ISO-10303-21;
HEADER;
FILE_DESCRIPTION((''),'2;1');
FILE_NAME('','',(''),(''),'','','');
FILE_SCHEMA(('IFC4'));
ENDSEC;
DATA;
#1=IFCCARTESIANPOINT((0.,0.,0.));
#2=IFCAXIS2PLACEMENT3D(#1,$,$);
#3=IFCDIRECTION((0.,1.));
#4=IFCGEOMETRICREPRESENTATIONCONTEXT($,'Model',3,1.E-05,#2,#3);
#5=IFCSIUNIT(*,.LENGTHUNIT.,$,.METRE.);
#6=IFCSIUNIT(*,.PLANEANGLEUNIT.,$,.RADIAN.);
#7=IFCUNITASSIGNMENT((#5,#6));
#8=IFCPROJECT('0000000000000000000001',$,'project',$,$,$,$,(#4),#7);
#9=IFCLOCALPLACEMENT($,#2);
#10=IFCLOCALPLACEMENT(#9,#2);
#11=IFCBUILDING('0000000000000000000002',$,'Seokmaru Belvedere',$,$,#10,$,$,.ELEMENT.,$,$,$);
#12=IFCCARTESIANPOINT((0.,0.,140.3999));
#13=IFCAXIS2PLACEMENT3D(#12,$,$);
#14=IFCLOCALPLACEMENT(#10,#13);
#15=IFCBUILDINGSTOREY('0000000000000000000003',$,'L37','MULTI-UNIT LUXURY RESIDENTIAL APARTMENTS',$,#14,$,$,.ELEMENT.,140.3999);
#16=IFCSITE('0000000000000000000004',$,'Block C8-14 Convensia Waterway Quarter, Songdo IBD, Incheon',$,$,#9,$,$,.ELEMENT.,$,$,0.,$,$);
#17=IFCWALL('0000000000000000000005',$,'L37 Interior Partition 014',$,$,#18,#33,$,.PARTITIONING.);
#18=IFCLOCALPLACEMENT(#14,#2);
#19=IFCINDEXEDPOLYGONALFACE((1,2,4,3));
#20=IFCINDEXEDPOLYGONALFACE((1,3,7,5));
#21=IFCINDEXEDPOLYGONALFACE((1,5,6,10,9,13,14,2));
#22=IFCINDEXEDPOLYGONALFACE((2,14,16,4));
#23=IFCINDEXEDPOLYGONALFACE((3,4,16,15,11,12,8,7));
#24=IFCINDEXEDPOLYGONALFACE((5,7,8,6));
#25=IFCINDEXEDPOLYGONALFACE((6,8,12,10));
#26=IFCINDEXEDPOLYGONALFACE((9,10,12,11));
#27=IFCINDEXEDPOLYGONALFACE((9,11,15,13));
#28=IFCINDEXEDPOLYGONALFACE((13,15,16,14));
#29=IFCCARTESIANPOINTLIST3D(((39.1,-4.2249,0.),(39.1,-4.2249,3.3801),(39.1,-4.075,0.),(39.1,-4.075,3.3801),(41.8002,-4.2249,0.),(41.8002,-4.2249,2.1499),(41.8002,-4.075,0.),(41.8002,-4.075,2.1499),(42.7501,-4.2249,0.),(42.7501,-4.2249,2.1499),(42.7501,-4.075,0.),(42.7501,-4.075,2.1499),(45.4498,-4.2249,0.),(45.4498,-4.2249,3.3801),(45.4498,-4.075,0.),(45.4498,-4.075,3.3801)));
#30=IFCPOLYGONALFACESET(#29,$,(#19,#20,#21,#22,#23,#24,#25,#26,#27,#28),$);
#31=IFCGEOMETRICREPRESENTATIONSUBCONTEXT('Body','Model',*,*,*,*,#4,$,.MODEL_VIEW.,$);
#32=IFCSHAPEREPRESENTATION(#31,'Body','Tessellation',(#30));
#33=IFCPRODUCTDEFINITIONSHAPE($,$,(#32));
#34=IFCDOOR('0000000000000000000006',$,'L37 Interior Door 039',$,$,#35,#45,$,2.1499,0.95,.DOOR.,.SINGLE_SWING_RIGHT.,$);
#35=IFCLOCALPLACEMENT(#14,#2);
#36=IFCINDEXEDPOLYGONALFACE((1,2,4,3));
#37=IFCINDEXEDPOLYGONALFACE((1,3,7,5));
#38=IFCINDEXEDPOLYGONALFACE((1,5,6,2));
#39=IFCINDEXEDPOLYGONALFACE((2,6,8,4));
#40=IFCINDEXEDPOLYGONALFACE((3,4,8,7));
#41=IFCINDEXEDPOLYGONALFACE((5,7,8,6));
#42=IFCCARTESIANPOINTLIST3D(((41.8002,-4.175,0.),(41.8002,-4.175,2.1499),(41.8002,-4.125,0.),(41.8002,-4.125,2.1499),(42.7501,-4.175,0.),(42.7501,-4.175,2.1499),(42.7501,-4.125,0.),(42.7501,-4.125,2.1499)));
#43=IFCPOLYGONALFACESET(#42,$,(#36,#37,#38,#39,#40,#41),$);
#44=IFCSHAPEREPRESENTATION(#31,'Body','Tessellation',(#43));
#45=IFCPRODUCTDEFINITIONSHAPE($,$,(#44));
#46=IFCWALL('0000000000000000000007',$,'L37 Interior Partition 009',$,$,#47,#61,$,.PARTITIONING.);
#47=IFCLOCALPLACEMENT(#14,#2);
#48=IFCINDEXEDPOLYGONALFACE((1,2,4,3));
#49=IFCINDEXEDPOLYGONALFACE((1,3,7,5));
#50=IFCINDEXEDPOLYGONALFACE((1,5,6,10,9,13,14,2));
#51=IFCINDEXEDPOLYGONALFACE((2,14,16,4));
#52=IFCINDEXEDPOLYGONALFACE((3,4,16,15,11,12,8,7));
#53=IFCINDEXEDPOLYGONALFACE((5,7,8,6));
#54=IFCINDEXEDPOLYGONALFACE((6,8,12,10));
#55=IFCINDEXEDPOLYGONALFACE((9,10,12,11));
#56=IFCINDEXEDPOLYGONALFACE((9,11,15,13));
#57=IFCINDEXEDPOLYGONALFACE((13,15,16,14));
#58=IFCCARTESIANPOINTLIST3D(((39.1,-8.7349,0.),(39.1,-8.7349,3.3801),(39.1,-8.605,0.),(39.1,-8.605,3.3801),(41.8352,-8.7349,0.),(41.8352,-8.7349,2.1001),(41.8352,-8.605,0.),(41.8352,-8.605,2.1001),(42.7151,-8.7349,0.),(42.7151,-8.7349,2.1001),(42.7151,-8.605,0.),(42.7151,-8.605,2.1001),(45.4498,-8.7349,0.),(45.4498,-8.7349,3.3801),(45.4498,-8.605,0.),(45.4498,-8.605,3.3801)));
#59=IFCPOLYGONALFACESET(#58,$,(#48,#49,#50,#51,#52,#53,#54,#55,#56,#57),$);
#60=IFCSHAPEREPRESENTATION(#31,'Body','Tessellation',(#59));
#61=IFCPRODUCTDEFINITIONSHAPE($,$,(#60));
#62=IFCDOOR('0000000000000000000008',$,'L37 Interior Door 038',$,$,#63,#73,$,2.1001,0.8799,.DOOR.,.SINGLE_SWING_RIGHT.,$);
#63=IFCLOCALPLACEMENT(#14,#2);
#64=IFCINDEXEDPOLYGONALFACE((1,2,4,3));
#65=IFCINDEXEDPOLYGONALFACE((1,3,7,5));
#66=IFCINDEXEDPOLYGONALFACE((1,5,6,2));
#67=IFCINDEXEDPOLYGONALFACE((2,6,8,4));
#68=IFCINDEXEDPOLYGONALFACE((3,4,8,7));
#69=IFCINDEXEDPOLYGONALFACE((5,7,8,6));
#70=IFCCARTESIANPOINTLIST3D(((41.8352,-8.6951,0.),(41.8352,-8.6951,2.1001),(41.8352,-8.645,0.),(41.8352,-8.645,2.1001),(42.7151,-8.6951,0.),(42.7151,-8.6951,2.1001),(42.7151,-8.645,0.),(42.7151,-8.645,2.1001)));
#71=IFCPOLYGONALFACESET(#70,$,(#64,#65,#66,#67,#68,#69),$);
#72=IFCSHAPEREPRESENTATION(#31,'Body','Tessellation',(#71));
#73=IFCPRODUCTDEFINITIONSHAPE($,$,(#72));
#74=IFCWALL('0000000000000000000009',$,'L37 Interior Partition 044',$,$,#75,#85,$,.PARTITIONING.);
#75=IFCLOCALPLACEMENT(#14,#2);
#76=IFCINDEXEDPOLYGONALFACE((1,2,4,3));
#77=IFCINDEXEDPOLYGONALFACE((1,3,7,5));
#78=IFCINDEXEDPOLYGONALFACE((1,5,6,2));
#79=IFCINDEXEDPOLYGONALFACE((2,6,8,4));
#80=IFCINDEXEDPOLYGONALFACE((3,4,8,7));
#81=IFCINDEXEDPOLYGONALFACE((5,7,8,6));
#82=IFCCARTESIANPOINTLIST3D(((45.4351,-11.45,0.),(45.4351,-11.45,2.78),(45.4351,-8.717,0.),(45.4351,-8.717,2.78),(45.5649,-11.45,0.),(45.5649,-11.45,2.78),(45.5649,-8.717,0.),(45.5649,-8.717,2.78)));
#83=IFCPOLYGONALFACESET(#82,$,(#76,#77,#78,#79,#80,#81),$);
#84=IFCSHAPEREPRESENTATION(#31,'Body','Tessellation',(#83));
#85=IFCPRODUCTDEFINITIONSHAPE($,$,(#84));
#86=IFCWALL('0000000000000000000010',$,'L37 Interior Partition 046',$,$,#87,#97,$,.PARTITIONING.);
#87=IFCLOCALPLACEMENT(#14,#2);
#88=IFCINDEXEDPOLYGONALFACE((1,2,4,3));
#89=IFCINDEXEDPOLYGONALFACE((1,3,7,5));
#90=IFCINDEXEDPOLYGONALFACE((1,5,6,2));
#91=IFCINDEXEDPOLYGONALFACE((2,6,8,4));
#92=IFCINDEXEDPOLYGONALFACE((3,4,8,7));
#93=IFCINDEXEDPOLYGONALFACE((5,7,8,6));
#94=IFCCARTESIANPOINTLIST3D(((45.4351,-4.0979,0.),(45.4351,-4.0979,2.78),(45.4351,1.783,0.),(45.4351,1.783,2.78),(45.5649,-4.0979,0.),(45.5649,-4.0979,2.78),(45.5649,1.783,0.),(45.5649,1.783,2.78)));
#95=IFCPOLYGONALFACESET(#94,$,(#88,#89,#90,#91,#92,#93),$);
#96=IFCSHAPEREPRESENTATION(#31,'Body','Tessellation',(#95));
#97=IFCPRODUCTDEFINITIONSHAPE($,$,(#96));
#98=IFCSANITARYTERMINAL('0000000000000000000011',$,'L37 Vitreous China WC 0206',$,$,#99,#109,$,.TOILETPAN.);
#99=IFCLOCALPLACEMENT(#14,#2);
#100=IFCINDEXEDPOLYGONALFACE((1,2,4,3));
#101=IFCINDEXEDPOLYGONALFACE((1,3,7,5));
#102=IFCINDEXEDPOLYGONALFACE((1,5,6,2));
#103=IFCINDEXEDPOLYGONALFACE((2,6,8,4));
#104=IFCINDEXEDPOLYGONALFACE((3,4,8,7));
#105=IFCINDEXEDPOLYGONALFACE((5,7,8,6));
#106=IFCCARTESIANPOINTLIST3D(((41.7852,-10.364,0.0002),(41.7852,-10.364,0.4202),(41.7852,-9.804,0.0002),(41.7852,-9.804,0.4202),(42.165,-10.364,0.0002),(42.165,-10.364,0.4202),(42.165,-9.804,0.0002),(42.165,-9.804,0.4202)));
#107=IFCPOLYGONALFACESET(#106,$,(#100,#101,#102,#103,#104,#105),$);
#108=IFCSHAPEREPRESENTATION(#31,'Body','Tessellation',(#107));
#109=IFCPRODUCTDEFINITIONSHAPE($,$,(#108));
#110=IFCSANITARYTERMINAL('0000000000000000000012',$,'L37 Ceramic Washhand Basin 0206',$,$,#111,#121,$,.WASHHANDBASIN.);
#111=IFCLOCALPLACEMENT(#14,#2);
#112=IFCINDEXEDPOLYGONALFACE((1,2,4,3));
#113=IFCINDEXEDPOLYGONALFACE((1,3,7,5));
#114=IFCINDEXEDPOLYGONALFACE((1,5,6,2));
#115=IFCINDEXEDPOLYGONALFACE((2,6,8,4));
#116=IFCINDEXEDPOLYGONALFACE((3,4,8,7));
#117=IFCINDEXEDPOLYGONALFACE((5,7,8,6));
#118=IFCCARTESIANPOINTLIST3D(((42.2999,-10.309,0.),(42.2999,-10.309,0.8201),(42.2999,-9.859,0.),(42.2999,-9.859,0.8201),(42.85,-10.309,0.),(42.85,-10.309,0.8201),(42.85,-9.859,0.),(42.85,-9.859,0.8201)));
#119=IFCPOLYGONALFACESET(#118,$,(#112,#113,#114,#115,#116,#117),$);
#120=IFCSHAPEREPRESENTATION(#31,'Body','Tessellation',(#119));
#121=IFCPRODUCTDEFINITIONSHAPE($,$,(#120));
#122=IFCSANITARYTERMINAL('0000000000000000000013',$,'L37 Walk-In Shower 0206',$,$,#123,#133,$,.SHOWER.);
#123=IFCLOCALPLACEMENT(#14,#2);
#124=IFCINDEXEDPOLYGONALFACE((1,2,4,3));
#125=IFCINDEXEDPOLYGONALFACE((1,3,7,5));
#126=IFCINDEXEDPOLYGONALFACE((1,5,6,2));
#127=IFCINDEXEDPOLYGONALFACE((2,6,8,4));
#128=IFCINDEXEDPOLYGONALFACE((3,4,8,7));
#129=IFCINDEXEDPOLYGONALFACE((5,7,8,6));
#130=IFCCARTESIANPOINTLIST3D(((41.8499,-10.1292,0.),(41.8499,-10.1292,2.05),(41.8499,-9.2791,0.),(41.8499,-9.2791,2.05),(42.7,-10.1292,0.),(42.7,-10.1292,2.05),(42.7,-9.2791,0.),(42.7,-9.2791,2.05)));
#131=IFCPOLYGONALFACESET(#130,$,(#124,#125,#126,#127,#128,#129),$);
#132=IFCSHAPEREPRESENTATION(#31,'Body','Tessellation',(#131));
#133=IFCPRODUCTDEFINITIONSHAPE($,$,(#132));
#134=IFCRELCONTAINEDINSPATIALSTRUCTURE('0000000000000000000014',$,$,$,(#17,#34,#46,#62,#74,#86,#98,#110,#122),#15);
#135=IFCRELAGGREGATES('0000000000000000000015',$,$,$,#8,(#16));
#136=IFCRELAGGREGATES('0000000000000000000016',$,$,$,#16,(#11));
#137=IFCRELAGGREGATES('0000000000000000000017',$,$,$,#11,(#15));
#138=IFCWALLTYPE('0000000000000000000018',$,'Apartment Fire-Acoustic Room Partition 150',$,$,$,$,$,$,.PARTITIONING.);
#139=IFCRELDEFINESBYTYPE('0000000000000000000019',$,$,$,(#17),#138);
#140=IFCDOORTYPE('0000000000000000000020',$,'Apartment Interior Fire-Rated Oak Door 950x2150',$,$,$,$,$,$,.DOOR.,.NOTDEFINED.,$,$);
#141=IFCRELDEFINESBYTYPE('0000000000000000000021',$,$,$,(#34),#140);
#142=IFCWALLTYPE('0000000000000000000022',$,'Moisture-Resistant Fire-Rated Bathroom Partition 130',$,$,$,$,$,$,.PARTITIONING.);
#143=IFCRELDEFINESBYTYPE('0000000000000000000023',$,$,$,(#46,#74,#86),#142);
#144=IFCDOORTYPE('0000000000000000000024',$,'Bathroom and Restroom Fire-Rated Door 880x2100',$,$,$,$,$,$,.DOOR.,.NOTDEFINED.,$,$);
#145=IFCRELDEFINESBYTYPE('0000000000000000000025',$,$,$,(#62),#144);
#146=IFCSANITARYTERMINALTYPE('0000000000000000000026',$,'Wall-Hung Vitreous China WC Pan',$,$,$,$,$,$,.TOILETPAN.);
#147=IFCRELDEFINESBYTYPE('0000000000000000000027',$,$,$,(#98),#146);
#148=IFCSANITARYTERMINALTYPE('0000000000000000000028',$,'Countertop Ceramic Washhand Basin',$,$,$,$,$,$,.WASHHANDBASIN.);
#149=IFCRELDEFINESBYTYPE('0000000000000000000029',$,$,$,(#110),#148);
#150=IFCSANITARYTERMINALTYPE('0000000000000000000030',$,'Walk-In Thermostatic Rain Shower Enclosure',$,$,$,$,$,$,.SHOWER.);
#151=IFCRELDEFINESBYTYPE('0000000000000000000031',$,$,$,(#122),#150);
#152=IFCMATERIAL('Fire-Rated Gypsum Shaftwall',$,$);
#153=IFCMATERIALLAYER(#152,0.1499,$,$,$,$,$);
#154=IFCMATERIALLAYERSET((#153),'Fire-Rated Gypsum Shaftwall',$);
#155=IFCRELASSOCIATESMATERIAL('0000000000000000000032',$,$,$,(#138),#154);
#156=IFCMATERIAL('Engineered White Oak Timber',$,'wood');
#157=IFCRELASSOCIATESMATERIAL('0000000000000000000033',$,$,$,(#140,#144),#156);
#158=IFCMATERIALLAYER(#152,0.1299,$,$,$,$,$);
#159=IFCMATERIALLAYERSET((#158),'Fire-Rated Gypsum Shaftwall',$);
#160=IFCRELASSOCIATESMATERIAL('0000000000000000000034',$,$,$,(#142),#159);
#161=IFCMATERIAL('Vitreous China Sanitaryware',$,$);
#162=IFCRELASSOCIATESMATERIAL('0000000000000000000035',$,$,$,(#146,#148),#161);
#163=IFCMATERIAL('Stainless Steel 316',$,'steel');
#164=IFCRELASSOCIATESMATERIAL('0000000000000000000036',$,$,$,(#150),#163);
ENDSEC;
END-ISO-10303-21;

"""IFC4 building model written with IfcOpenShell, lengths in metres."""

from ifc_helpers import new_model, si_unit, direction, frame, frame_2d, origin, origin_2d, place, context, subcontext, project, spatial, rectangle, extrude, source, transform, mapped, material, layer, layer_set, type_object, type_shapes, element, fill, save


model = new_model("IFC4")

# Units and contexts
model_context = context("Model", 3, precision=1e-05, world=origin(), true_north=direction((0.0, 1.0)))
body_context = subcontext(model_context, "Body", "Model", "MODEL_VIEW")
ifc_project = project(units=[si_unit("LENGTHUNIT", "METRE"), si_unit("PLANEANGLEUNIT", "RADIAN")], contexts=[model_context])

# Site, building, storey
site_placement = place(None, origin())
site = spatial("IfcSite", under=ifc_project, at=site_placement, Name="Block C8-14 Convensia Waterway Quarter, Songdo IBD, Incheon", CompositionType="ELEMENT", RefElevation=0.0)
building_placement = place(site_placement, origin())
building = spatial("IfcBuilding", under=site, at=building_placement, Name="Seokmaru Belvedere", CompositionType="ELEMENT")
storey_placement = place(building_placement, frame((0.0, 0.0, 140.3999)))
storey = spatial("IfcBuildingStorey", under=building, at=storey_placement, Name="L37", Description="MULTI-UNIT LUXURY RESIDENTIAL APARTMENTS", CompositionType="ELEMENT", Elevation=140.3999)

# Walls, openings, doors
ifc_material_1 = material(Name="Fire-Rated Gypsum Shaftwall")
ifc_layer_1 = layer(ifc_material_1, 0.1499)
ifc_layer_set_1 = layer_set([ifc_layer_1], Name="Fire-Rated Gypsum Shaftwall")
wall_type_1 = type_object("IfcWallType", Name="Apartment Fire-Acoustic Room Partition 150", PredefinedType="PARTITIONING", material=ifc_layer_set_1)
ifc_material_2 = material(Name="Engineered White Oak Timber", Category="wood")
door_type_1 = type_object("IfcDoorType", Name="Apartment Interior Fire-Rated Oak Door 950x2150", OperationType="NOTDEFINED", PredefinedType="DOOR", material=ifc_material_2)
shared_shape_1 = source(origin(), body_context, "Body", "SweptSolid", [
    extrude(rectangle(XDim=0.95, YDim=2.1499, at=frame_2d((0.4751, 1.075))), frame((0.0, 0.0249, 0.0), z_axis=(0.0, -1.0, 0.0), x_axis=(1.0, 0.0, 0.0)), (0.0, 0.0, 1.0), 0.05),
])
type_shapes(door_type_1, [shared_shape_1])
wall_1_placement = place(storey_placement, frame((39.1001, -4.1499, 0.0), z_axis=(0.0, 0.0, 1.0), x_axis=(1.0, 0.0, 0.0)))
wall_1 = element("IfcWall", 1, at=wall_1_placement, inside=storey, type_object=wall_type_1, Name="L37 Interior Partition 014", PredefinedType="PARTITIONING", context=body_context, shape_type="SweptSolid", body=[
    extrude(rectangle(XDim=6.3499, YDim=0.1499, at=frame_2d((3.1748, 0.0))), origin(), (0.0, 0.0, 1.0), 3.3801),
])
opening_1_placement = place(wall_1_placement, frame((2.7, 0.0, 0.0)))
opening_1 = element("IfcOpeningElement", 2, at=opening_1_placement, cuts=wall_1, PredefinedType="OPENING", context=body_context, shape_type="SweptSolid", body=[
    extrude(rectangle(XDim=0.95, YDim=2.1499, at=frame_2d((0.4751, 1.075))), frame((0.0, 0.085, 0.0), z_axis=(0.0, -1.0, 0.0), x_axis=(1.0, 0.0, 0.0)), (0.0, 0.0, 1.0), 0.1699),
])
door_1_placement = place(opening_1_placement, origin())
door_1 = element("IfcDoor", 3, at=door_1_placement, inside=storey, type_object=door_type_1, Name="L37 Interior Door 039", OperationType="SINGLE_SWING_RIGHT", OverallHeight=2.1499, OverallWidth=0.95, PredefinedType="DOOR", context=body_context, shape_type="MappedRepresentation", body=[
    mapped(shared_shape_1, transform((0.0, 0.0, 0.0), scale=1.0)),
])
fill(opening_1, door_1)
ifc_layer_2 = layer(ifc_material_1, 0.1299)
ifc_layer_set_2 = layer_set([ifc_layer_2], Name="Fire-Rated Gypsum Shaftwall")
wall_type_2 = type_object("IfcWallType", Name="Moisture-Resistant Fire-Rated Bathroom Partition 130", PredefinedType="PARTITIONING", material=ifc_layer_set_2)
wall_2_placement = place(storey_placement, frame((39.1001, -8.6699, 0.0), z_axis=(0.0, 0.0, 1.0), x_axis=(1.0, 0.0, 0.0)))
wall_2 = element("IfcWall", 4, at=wall_2_placement, inside=storey, type_object=wall_type_2, Name="L37 Interior Partition 009", PredefinedType="PARTITIONING", context=body_context, shape_type="SweptSolid", body=[
    extrude(rectangle(XDim=6.3499, YDim=0.1299, at=frame_2d((3.1748, 0.0))), origin(), (0.0, 0.0, 1.0), 3.3801),
])
opening_2_placement = place(wall_2_placement, frame((2.7351, 0.0, 0.0)))
opening_2 = element("IfcOpeningElement", 5, at=opening_2_placement, cuts=wall_2, PredefinedType="OPENING", context=body_context, shape_type="SweptSolid", body=[
    extrude(rectangle(XDim=0.8799, YDim=2.1001, at=frame_2d((0.4399, 1.05))), frame((0.0, 0.075, 0.0), z_axis=(0.0, -1.0, 0.0), x_axis=(1.0, 0.0, 0.0)), (0.0, 0.0, 1.0), 0.1499),
])
door_type_2 = type_object("IfcDoorType", Name="Bathroom and Restroom Fire-Rated Door 880x2100", OperationType="NOTDEFINED", PredefinedType="DOOR", material=ifc_material_2)
shared_shape_2 = source(origin(), body_context, "Body", "SweptSolid", [
    extrude(rectangle(XDim=0.8799, YDim=2.1001, at=frame_2d((0.4399, 1.05))), frame((0.0, 0.0249, 0.0), z_axis=(0.0, -1.0, 0.0), x_axis=(1.0, 0.0, 0.0)), (0.0, 0.0, 1.0), 0.05),
])
type_shapes(door_type_2, [shared_shape_2])
door_2_placement = place(opening_2_placement, origin())
door_2 = element("IfcDoor", 6, at=door_2_placement, inside=storey, type_object=door_type_2, Name="L37 Interior Door 038", OperationType="SINGLE_SWING_RIGHT", OverallHeight=2.1001, OverallWidth=0.8799, PredefinedType="DOOR", context=body_context, shape_type="MappedRepresentation", body=[
    mapped(shared_shape_2, transform((0.0, 0.0, 0.0), scale=1.0)),
])
fill(opening_2, door_2)

# Walls
wall_3_placement = place(storey_placement, frame((45.5, -11.45, 0.0), z_axis=(0.0, 0.0, 1.0), x_axis=(0.0, 1.0, 0.0)))
element("IfcWall", 7, at=wall_3_placement, inside=storey, type_object=wall_type_2, Name="L37 Interior Partition 044", PredefinedType="PARTITIONING", context=body_context, shape_type="SweptSolid", body=[
    extrude(rectangle(XDim=2.7329, YDim=0.1299, at=frame_2d((1.3665, 0.0))), origin(), (0.0, 0.0, 1.0), 2.78),
])
wall_4_placement = place(storey_placement, frame((45.5, -4.0979, 0.0), z_axis=(0.0, 0.0, 1.0), x_axis=(0.0, 1.0, 0.0)))
element("IfcWall", 8, at=wall_4_placement, inside=storey, type_object=wall_type_2, Name="L37 Interior Partition 046", PredefinedType="PARTITIONING", context=body_context, shape_type="SweptSolid", body=[
    extrude(rectangle(XDim=5.8809, YDim=0.1299, at=frame_2d((2.9404, 0.0))), origin(), (0.0, 0.0, 1.0), 2.78),
])

# Sanitary terminals
ifc_material_3 = material(Name="Vitreous China Sanitaryware")
sanitary_terminal_type_1 = type_object("IfcSanitaryTerminalType", Name="Wall-Hung Vitreous China WC Pan", PredefinedType="TOILETPAN", material=ifc_material_3)
shared_shape_3 = source(origin(), body_context, "Body", "SweptSolid", [
    extrude(rectangle(XDim=0.3799, YDim=0.5601, at=origin_2d()), origin(), (0.0, 0.0, 1.0), 0.4199),
])
type_shapes(sanitary_terminal_type_1, [shared_shape_3])
sanitary_terminal_1_placement = place(storey_placement, frame((41.9751, -10.084, 0.0002), z_axis=(0.0, 0.0, 1.0), x_axis=(1.0, 0.0, 0.0)))
element("IfcSanitaryTerminal", 9, at=sanitary_terminal_1_placement, inside=storey, type_object=sanitary_terminal_type_1, Name="L37 Vitreous China WC 0206", PredefinedType="TOILETPAN", context=body_context, shape_type="MappedRepresentation", body=[
    mapped(shared_shape_3, transform((0.0, 0.0, 0.0), scale=1.0)),
])
sanitary_terminal_type_2 = type_object("IfcSanitaryTerminalType", Name="Countertop Ceramic Washhand Basin", PredefinedType="WASHHANDBASIN", material=ifc_material_3)
shared_shape_4 = source(origin(), body_context, "Body", "SweptSolid", [
    extrude(rectangle(XDim=0.55, YDim=0.45, at=origin_2d()), origin(), (0.0, 0.0, 1.0), 0.8201),
])
type_shapes(sanitary_terminal_type_2, [shared_shape_4])
sanitary_terminal_2_placement = place(storey_placement, frame((42.575, -10.084, 0.0), z_axis=(0.0, 0.0, 1.0), x_axis=(1.0, 0.0, 0.0)))
element("IfcSanitaryTerminal", 10, at=sanitary_terminal_2_placement, inside=storey, type_object=sanitary_terminal_type_2, Name="L37 Ceramic Washhand Basin 0206", PredefinedType="WASHHANDBASIN", context=body_context, shape_type="MappedRepresentation", body=[
    mapped(shared_shape_4, transform((0.0, 0.0, 0.0), scale=1.0)),
])
ifc_material_4 = material(Name="Stainless Steel 316", Category="steel")
sanitary_terminal_type_3 = type_object("IfcSanitaryTerminalType", Name="Walk-In Thermostatic Rain Shower Enclosure", PredefinedType="SHOWER", material=ifc_material_4)
shared_shape_5 = source(origin(), body_context, "Body", "SweptSolid", [
    extrude(rectangle(XDim=0.8501, YDim=0.8501, at=origin_2d()), origin(), (0.0, 0.0, 1.0), 2.05),
])
type_shapes(sanitary_terminal_type_3, [shared_shape_5])
sanitary_terminal_3_placement = place(storey_placement, frame((42.2749, -9.7041, 0.0), z_axis=(0.0, 0.0, 1.0), x_axis=(1.0, 0.0, 0.0)))
element("IfcSanitaryTerminal", 11, at=sanitary_terminal_3_placement, inside=storey, type_object=sanitary_terminal_type_3, Name="L37 Walk-In Shower 0206", PredefinedType="SHOWER", context=body_context, shape_type="MappedRepresentation", body=[
    mapped(shared_shape_5, transform((0.0, 0.0, 0.0), scale=1.0)),
])

save(model, "model.ifc")
